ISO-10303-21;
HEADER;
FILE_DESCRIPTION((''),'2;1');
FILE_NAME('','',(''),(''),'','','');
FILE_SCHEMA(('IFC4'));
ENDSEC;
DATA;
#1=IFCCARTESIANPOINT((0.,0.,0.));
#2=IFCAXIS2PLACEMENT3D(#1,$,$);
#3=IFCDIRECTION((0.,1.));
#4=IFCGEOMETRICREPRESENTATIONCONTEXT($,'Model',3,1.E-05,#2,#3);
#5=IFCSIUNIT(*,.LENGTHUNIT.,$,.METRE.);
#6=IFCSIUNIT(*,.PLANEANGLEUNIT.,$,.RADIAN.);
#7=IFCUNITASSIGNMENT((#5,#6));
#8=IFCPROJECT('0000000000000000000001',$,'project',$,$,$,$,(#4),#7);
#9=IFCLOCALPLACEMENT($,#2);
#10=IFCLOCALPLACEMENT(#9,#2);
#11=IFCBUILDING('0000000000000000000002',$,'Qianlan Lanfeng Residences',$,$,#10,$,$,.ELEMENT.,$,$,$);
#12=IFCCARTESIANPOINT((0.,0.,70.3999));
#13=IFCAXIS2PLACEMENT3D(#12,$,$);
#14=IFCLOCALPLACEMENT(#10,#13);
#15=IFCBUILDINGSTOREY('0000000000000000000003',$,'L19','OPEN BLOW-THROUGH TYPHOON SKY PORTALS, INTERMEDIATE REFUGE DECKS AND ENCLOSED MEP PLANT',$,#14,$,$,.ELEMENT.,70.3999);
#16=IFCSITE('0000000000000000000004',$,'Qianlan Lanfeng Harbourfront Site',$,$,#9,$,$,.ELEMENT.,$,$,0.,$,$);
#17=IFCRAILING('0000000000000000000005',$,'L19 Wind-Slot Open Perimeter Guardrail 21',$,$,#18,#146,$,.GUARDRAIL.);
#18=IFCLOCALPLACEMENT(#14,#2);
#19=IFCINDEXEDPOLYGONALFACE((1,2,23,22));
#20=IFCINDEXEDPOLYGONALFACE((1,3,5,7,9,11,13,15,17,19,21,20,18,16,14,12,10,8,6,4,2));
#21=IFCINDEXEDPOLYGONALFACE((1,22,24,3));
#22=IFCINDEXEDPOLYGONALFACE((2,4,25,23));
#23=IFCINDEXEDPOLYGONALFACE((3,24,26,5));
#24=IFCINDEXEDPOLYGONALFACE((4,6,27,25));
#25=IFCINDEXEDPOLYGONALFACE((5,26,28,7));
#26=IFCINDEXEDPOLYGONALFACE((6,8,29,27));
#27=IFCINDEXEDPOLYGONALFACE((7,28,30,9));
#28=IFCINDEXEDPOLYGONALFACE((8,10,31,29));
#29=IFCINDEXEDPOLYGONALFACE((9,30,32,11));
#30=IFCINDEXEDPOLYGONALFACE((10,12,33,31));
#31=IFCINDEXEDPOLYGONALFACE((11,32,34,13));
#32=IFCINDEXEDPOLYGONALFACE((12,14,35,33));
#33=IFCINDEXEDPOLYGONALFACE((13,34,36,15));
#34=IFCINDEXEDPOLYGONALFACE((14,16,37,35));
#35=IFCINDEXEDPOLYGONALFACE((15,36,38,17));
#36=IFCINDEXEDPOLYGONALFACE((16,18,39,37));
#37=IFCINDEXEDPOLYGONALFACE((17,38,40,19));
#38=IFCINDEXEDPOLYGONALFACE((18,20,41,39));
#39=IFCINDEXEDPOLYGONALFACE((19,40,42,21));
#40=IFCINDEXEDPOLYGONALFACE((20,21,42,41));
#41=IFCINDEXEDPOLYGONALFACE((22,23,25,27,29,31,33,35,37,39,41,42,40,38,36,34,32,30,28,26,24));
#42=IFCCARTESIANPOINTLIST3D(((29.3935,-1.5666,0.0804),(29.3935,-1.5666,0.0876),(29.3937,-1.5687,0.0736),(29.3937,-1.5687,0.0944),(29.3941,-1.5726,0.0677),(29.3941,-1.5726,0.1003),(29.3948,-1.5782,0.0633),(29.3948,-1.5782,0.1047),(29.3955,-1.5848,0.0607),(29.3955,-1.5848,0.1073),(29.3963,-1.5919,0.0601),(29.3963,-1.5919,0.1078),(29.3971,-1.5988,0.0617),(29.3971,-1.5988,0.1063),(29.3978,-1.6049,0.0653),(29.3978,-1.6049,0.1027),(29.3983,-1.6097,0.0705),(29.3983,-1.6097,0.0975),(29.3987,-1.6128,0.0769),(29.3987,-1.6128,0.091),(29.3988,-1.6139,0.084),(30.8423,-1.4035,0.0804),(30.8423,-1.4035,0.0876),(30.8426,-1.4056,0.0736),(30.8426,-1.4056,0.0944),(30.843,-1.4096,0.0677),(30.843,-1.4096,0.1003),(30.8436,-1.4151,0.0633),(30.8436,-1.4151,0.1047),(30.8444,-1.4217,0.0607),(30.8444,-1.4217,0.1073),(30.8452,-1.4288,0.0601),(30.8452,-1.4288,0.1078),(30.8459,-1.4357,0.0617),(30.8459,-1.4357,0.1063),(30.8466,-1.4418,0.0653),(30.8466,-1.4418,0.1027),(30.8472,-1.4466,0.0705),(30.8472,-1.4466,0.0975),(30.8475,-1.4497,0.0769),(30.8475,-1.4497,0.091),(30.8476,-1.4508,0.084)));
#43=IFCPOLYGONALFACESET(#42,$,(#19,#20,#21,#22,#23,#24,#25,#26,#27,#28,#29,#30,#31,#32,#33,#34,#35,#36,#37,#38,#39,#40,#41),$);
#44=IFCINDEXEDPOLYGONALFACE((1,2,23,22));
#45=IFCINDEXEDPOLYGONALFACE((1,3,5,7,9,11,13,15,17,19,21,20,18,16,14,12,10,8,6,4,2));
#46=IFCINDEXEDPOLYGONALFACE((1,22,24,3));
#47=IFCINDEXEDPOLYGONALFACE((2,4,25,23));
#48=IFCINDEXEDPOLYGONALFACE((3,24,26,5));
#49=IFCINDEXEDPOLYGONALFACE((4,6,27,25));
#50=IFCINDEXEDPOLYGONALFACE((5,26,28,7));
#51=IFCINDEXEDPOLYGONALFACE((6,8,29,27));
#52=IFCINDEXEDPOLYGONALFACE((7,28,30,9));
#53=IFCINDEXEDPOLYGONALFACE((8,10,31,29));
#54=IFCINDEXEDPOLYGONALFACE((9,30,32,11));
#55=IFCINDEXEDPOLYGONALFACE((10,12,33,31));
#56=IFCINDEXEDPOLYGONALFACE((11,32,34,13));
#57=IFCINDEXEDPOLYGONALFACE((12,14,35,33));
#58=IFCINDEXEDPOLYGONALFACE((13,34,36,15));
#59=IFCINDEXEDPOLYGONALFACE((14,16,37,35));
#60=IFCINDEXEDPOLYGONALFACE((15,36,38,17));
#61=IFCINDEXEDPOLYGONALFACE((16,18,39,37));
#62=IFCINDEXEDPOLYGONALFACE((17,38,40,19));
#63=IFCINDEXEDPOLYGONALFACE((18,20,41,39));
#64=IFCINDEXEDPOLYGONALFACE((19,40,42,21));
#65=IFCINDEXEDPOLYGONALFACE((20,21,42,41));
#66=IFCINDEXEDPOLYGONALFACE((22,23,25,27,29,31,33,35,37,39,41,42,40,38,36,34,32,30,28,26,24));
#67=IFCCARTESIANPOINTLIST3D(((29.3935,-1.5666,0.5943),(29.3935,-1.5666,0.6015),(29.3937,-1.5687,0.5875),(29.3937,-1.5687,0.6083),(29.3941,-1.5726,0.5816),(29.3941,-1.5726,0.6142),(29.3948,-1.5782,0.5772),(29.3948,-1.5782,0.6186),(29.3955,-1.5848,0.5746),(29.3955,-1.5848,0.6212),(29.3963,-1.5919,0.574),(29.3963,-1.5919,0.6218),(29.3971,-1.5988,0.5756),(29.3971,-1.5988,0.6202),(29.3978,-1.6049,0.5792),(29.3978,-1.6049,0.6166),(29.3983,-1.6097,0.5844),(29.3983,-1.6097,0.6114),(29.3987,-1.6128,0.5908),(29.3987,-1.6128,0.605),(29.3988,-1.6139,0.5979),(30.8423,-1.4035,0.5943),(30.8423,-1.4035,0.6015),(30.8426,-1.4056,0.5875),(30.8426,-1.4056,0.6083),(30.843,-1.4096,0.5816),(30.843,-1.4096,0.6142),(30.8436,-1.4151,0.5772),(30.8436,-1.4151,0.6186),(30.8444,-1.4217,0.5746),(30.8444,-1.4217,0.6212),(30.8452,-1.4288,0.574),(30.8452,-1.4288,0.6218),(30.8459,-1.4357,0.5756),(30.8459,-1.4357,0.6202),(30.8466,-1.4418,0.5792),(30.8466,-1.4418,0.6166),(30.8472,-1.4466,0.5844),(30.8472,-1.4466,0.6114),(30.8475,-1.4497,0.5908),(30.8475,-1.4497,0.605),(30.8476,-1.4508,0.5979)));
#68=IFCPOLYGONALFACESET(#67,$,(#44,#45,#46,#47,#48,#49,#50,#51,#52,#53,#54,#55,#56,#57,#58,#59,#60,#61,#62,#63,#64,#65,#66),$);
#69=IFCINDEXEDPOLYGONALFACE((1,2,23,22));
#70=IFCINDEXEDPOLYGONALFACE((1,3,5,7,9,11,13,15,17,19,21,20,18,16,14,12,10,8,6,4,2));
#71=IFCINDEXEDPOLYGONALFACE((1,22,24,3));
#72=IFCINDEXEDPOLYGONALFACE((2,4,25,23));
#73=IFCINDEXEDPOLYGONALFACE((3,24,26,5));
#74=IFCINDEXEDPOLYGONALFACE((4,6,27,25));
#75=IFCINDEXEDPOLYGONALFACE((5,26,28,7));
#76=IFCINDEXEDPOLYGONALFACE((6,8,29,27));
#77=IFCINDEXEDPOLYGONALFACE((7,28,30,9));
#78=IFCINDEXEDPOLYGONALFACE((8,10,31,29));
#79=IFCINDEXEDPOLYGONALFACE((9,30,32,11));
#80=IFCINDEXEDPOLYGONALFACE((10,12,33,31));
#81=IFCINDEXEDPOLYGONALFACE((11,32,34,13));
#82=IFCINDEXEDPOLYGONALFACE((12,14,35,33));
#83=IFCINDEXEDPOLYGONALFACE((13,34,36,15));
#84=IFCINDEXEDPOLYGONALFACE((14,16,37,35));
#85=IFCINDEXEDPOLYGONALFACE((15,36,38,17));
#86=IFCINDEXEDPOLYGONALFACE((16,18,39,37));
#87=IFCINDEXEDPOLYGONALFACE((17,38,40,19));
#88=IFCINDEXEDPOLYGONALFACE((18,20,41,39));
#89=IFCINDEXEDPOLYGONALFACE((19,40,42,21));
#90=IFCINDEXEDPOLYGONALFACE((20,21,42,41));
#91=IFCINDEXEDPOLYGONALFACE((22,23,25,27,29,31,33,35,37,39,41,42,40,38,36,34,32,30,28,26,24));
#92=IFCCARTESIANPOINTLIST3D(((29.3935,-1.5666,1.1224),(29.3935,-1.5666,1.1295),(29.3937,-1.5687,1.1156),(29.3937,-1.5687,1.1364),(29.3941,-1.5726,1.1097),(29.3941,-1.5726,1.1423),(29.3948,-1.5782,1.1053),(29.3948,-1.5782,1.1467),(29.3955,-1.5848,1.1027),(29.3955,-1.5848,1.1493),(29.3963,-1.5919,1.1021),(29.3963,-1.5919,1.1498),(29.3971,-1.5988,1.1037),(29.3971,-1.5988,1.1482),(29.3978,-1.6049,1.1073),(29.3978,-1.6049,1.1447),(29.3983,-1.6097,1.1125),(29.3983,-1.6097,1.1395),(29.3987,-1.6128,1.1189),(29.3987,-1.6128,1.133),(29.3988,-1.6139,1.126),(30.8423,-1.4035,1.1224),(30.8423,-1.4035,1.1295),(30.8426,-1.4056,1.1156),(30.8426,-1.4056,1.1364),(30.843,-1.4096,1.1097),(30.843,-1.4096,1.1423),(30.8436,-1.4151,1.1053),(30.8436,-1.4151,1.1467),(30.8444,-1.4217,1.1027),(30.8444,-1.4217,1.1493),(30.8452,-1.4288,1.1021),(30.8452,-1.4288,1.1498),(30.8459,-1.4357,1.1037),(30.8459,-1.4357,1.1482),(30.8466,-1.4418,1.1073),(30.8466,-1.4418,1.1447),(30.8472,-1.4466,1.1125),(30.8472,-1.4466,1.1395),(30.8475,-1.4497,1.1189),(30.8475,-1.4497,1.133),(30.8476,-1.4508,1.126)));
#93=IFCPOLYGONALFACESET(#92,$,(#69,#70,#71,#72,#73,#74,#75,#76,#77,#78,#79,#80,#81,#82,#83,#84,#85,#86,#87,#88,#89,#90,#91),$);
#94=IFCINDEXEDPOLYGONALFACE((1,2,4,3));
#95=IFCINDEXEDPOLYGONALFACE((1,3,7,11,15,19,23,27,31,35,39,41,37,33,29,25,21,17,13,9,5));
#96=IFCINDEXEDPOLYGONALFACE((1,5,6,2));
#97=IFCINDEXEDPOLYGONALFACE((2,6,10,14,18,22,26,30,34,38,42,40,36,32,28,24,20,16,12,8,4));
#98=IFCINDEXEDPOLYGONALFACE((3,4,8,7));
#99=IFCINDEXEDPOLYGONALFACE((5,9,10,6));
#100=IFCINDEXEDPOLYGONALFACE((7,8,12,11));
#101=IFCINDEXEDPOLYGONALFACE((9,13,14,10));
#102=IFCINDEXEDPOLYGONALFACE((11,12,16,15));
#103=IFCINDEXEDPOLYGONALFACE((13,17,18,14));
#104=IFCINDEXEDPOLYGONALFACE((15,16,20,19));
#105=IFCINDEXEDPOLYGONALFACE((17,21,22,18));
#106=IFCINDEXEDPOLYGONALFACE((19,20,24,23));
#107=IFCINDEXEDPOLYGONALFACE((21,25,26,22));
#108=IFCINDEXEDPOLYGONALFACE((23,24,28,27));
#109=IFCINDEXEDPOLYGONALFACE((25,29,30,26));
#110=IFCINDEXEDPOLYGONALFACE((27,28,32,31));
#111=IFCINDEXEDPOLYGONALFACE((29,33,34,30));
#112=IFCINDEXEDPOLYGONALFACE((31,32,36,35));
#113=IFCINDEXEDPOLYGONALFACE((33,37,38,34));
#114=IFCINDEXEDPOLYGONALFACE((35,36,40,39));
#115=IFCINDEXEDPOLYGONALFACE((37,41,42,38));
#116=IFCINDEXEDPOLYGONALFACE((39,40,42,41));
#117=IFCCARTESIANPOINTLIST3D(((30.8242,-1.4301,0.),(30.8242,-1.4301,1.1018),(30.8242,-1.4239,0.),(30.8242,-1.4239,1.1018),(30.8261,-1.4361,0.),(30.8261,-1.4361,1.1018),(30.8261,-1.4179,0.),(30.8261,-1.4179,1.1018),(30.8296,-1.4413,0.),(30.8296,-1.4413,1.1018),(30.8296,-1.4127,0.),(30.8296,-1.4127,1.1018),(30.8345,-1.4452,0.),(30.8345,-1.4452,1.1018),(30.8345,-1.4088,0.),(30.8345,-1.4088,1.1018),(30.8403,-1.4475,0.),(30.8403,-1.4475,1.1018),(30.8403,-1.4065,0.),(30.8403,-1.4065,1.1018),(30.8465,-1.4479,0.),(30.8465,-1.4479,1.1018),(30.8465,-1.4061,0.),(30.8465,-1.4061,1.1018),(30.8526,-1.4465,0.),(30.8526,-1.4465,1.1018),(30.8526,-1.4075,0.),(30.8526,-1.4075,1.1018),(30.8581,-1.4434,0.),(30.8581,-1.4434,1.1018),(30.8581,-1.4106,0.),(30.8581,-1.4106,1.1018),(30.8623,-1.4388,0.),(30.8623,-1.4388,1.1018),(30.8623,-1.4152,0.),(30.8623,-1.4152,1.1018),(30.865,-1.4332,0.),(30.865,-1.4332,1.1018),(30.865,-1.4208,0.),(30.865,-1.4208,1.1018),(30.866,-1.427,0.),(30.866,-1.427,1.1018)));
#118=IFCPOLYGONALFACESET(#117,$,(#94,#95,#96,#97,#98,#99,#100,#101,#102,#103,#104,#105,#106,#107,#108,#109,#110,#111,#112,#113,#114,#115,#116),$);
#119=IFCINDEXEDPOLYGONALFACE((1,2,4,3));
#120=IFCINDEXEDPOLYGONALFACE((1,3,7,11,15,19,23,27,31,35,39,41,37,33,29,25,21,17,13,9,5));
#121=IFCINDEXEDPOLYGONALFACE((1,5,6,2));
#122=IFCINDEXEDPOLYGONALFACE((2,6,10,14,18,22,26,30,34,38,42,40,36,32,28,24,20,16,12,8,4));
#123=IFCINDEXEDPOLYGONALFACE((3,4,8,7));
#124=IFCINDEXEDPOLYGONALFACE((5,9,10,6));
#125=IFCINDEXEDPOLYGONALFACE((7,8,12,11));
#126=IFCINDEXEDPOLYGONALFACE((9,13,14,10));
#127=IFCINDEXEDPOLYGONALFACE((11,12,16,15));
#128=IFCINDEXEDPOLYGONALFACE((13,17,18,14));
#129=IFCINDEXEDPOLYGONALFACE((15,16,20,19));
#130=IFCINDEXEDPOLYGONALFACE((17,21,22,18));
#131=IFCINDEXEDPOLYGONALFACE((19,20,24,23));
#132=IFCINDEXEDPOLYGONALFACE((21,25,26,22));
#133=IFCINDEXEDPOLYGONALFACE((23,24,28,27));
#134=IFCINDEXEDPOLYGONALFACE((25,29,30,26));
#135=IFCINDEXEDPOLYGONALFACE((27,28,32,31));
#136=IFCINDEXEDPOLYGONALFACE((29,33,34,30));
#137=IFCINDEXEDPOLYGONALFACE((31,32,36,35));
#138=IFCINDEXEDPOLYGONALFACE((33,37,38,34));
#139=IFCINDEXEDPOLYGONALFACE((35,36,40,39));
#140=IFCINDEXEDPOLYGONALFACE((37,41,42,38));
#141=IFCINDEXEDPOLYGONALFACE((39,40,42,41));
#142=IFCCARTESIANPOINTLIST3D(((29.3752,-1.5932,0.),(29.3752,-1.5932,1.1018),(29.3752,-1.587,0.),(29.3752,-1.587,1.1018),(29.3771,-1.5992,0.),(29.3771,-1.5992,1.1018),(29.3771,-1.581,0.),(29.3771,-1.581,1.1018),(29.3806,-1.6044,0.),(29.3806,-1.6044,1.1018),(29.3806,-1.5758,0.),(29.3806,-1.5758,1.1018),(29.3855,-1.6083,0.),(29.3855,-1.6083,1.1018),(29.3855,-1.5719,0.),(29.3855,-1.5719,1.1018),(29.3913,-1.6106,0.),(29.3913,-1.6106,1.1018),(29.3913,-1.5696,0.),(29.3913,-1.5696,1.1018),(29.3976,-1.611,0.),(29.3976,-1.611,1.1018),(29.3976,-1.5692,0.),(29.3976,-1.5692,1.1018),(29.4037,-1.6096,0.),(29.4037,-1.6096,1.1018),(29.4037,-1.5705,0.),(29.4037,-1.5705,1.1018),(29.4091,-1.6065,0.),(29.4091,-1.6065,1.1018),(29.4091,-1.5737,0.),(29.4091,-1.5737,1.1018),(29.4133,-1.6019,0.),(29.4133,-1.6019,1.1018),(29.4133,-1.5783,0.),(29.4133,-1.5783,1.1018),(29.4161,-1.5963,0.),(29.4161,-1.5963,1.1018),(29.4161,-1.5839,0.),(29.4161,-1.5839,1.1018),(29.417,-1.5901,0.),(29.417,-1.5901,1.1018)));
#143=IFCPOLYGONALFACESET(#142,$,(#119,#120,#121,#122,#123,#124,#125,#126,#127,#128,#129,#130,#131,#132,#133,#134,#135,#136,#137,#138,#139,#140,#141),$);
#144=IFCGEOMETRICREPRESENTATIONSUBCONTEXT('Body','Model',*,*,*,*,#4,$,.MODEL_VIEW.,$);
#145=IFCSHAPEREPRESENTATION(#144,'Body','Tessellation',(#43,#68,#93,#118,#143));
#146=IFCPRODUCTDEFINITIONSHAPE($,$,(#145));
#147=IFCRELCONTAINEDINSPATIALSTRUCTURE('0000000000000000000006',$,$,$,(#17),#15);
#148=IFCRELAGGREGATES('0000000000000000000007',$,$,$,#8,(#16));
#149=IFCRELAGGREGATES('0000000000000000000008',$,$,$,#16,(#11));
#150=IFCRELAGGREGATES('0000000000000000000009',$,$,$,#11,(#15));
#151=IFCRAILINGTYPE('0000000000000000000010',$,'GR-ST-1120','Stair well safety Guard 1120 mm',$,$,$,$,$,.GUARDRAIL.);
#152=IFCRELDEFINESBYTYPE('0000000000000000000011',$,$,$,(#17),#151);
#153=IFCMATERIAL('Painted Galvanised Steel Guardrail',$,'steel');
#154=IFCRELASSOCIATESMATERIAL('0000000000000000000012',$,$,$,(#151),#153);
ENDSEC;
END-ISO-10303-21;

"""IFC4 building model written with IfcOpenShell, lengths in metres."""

from ifc_helpers import new_model, si_unit, direction, frame, origin, origin_2d, place, context, subcontext, project, spatial, circle, extrude, material, type_object, element, save


model = new_model("IFC4")

# Units and contexts
model_context = context("Model", 3, precision=1e-05, world=origin(), true_north=direction((0.0, 1.0)))
body_context = subcontext(model_context, "Body", "Model", "MODEL_VIEW")
ifc_project = project(units=[si_unit("LENGTHUNIT", "METRE"), si_unit("PLANEANGLEUNIT", "RADIAN")], contexts=[model_context])

# Site, building, storey
site_placement = place(None, origin())
site = spatial("IfcSite", under=ifc_project, at=site_placement, Name="Qianlan Lanfeng Harbourfront Site", CompositionType="ELEMENT", RefElevation=0.0)
building_placement = place(site_placement, origin())
building = spatial("IfcBuilding", under=site, at=building_placement, Name="Qianlan Lanfeng Residences", CompositionType="ELEMENT")
storey_placement = place(building_placement, frame((0.0, 0.0, 70.3999)))
storey = spatial("IfcBuildingStorey", under=building, at=storey_placement, Name="L19", Description="OPEN BLOW-THROUGH TYPHOON SKY PORTALS, INTERMEDIATE REFUGE DECKS AND ENCLOSED MEP PLANT", CompositionType="ELEMENT", Elevation=70.3999)

# Railing
ifc_material_1 = material(Name="Painted Galvanised Steel Guardrail", Category="steel")
railing_type = type_object("IfcRailingType", Name="GR-ST-1120", Description="Stair well safety Guard 1120 mm", PredefinedType="GUARDRAIL", material=ifc_material_1)
railing_1_placement = place(storey_placement, frame((30.845, -1.427, 0.0)))
element("IfcRailing", 1, at=railing_1_placement, inside=storey, type_object=railing_type, Name="L19 Wind-Slot Open Perimeter Guardrail 21", PredefinedType="GUARDRAIL", context=body_context, shape_type="SweptSolid", body=[
    extrude(circle(Radius=0.0239, at=origin_2d()), frame((0.0, 0.0, 0.084), z_axis=(-0.993726, -0.111846, 0.0), x_axis=(0.111846, -0.993726, 0.0)), (0.0, 0.0, 1.0), 1.458),
    extrude(circle(Radius=0.0239, at=origin_2d()), frame((0.0, 0.0, 0.5979), z_axis=(-0.993726, -0.111846, 0.0), x_axis=(0.111846, -0.993726, 0.0)), (0.0, 0.0, 1.0), 1.458),
    extrude(circle(Radius=0.0239, at=origin_2d()), frame((0.0, 0.0, 1.126), z_axis=(-0.993726, -0.111846, 0.0), x_axis=(0.111846, -0.993726, 0.0)), (0.0, 0.0, 1.0), 1.458),
    extrude(circle(Radius=0.021, at=origin_2d()), origin(), (0.0, 0.0, 1.0), 1.1018),
    extrude(circle(Radius=0.021, at=origin_2d()), frame((-1.449, -0.1631, 0.0)), (0.0, 0.0, 1.0), 1.1018),
])

save(model, "model.ifc")
